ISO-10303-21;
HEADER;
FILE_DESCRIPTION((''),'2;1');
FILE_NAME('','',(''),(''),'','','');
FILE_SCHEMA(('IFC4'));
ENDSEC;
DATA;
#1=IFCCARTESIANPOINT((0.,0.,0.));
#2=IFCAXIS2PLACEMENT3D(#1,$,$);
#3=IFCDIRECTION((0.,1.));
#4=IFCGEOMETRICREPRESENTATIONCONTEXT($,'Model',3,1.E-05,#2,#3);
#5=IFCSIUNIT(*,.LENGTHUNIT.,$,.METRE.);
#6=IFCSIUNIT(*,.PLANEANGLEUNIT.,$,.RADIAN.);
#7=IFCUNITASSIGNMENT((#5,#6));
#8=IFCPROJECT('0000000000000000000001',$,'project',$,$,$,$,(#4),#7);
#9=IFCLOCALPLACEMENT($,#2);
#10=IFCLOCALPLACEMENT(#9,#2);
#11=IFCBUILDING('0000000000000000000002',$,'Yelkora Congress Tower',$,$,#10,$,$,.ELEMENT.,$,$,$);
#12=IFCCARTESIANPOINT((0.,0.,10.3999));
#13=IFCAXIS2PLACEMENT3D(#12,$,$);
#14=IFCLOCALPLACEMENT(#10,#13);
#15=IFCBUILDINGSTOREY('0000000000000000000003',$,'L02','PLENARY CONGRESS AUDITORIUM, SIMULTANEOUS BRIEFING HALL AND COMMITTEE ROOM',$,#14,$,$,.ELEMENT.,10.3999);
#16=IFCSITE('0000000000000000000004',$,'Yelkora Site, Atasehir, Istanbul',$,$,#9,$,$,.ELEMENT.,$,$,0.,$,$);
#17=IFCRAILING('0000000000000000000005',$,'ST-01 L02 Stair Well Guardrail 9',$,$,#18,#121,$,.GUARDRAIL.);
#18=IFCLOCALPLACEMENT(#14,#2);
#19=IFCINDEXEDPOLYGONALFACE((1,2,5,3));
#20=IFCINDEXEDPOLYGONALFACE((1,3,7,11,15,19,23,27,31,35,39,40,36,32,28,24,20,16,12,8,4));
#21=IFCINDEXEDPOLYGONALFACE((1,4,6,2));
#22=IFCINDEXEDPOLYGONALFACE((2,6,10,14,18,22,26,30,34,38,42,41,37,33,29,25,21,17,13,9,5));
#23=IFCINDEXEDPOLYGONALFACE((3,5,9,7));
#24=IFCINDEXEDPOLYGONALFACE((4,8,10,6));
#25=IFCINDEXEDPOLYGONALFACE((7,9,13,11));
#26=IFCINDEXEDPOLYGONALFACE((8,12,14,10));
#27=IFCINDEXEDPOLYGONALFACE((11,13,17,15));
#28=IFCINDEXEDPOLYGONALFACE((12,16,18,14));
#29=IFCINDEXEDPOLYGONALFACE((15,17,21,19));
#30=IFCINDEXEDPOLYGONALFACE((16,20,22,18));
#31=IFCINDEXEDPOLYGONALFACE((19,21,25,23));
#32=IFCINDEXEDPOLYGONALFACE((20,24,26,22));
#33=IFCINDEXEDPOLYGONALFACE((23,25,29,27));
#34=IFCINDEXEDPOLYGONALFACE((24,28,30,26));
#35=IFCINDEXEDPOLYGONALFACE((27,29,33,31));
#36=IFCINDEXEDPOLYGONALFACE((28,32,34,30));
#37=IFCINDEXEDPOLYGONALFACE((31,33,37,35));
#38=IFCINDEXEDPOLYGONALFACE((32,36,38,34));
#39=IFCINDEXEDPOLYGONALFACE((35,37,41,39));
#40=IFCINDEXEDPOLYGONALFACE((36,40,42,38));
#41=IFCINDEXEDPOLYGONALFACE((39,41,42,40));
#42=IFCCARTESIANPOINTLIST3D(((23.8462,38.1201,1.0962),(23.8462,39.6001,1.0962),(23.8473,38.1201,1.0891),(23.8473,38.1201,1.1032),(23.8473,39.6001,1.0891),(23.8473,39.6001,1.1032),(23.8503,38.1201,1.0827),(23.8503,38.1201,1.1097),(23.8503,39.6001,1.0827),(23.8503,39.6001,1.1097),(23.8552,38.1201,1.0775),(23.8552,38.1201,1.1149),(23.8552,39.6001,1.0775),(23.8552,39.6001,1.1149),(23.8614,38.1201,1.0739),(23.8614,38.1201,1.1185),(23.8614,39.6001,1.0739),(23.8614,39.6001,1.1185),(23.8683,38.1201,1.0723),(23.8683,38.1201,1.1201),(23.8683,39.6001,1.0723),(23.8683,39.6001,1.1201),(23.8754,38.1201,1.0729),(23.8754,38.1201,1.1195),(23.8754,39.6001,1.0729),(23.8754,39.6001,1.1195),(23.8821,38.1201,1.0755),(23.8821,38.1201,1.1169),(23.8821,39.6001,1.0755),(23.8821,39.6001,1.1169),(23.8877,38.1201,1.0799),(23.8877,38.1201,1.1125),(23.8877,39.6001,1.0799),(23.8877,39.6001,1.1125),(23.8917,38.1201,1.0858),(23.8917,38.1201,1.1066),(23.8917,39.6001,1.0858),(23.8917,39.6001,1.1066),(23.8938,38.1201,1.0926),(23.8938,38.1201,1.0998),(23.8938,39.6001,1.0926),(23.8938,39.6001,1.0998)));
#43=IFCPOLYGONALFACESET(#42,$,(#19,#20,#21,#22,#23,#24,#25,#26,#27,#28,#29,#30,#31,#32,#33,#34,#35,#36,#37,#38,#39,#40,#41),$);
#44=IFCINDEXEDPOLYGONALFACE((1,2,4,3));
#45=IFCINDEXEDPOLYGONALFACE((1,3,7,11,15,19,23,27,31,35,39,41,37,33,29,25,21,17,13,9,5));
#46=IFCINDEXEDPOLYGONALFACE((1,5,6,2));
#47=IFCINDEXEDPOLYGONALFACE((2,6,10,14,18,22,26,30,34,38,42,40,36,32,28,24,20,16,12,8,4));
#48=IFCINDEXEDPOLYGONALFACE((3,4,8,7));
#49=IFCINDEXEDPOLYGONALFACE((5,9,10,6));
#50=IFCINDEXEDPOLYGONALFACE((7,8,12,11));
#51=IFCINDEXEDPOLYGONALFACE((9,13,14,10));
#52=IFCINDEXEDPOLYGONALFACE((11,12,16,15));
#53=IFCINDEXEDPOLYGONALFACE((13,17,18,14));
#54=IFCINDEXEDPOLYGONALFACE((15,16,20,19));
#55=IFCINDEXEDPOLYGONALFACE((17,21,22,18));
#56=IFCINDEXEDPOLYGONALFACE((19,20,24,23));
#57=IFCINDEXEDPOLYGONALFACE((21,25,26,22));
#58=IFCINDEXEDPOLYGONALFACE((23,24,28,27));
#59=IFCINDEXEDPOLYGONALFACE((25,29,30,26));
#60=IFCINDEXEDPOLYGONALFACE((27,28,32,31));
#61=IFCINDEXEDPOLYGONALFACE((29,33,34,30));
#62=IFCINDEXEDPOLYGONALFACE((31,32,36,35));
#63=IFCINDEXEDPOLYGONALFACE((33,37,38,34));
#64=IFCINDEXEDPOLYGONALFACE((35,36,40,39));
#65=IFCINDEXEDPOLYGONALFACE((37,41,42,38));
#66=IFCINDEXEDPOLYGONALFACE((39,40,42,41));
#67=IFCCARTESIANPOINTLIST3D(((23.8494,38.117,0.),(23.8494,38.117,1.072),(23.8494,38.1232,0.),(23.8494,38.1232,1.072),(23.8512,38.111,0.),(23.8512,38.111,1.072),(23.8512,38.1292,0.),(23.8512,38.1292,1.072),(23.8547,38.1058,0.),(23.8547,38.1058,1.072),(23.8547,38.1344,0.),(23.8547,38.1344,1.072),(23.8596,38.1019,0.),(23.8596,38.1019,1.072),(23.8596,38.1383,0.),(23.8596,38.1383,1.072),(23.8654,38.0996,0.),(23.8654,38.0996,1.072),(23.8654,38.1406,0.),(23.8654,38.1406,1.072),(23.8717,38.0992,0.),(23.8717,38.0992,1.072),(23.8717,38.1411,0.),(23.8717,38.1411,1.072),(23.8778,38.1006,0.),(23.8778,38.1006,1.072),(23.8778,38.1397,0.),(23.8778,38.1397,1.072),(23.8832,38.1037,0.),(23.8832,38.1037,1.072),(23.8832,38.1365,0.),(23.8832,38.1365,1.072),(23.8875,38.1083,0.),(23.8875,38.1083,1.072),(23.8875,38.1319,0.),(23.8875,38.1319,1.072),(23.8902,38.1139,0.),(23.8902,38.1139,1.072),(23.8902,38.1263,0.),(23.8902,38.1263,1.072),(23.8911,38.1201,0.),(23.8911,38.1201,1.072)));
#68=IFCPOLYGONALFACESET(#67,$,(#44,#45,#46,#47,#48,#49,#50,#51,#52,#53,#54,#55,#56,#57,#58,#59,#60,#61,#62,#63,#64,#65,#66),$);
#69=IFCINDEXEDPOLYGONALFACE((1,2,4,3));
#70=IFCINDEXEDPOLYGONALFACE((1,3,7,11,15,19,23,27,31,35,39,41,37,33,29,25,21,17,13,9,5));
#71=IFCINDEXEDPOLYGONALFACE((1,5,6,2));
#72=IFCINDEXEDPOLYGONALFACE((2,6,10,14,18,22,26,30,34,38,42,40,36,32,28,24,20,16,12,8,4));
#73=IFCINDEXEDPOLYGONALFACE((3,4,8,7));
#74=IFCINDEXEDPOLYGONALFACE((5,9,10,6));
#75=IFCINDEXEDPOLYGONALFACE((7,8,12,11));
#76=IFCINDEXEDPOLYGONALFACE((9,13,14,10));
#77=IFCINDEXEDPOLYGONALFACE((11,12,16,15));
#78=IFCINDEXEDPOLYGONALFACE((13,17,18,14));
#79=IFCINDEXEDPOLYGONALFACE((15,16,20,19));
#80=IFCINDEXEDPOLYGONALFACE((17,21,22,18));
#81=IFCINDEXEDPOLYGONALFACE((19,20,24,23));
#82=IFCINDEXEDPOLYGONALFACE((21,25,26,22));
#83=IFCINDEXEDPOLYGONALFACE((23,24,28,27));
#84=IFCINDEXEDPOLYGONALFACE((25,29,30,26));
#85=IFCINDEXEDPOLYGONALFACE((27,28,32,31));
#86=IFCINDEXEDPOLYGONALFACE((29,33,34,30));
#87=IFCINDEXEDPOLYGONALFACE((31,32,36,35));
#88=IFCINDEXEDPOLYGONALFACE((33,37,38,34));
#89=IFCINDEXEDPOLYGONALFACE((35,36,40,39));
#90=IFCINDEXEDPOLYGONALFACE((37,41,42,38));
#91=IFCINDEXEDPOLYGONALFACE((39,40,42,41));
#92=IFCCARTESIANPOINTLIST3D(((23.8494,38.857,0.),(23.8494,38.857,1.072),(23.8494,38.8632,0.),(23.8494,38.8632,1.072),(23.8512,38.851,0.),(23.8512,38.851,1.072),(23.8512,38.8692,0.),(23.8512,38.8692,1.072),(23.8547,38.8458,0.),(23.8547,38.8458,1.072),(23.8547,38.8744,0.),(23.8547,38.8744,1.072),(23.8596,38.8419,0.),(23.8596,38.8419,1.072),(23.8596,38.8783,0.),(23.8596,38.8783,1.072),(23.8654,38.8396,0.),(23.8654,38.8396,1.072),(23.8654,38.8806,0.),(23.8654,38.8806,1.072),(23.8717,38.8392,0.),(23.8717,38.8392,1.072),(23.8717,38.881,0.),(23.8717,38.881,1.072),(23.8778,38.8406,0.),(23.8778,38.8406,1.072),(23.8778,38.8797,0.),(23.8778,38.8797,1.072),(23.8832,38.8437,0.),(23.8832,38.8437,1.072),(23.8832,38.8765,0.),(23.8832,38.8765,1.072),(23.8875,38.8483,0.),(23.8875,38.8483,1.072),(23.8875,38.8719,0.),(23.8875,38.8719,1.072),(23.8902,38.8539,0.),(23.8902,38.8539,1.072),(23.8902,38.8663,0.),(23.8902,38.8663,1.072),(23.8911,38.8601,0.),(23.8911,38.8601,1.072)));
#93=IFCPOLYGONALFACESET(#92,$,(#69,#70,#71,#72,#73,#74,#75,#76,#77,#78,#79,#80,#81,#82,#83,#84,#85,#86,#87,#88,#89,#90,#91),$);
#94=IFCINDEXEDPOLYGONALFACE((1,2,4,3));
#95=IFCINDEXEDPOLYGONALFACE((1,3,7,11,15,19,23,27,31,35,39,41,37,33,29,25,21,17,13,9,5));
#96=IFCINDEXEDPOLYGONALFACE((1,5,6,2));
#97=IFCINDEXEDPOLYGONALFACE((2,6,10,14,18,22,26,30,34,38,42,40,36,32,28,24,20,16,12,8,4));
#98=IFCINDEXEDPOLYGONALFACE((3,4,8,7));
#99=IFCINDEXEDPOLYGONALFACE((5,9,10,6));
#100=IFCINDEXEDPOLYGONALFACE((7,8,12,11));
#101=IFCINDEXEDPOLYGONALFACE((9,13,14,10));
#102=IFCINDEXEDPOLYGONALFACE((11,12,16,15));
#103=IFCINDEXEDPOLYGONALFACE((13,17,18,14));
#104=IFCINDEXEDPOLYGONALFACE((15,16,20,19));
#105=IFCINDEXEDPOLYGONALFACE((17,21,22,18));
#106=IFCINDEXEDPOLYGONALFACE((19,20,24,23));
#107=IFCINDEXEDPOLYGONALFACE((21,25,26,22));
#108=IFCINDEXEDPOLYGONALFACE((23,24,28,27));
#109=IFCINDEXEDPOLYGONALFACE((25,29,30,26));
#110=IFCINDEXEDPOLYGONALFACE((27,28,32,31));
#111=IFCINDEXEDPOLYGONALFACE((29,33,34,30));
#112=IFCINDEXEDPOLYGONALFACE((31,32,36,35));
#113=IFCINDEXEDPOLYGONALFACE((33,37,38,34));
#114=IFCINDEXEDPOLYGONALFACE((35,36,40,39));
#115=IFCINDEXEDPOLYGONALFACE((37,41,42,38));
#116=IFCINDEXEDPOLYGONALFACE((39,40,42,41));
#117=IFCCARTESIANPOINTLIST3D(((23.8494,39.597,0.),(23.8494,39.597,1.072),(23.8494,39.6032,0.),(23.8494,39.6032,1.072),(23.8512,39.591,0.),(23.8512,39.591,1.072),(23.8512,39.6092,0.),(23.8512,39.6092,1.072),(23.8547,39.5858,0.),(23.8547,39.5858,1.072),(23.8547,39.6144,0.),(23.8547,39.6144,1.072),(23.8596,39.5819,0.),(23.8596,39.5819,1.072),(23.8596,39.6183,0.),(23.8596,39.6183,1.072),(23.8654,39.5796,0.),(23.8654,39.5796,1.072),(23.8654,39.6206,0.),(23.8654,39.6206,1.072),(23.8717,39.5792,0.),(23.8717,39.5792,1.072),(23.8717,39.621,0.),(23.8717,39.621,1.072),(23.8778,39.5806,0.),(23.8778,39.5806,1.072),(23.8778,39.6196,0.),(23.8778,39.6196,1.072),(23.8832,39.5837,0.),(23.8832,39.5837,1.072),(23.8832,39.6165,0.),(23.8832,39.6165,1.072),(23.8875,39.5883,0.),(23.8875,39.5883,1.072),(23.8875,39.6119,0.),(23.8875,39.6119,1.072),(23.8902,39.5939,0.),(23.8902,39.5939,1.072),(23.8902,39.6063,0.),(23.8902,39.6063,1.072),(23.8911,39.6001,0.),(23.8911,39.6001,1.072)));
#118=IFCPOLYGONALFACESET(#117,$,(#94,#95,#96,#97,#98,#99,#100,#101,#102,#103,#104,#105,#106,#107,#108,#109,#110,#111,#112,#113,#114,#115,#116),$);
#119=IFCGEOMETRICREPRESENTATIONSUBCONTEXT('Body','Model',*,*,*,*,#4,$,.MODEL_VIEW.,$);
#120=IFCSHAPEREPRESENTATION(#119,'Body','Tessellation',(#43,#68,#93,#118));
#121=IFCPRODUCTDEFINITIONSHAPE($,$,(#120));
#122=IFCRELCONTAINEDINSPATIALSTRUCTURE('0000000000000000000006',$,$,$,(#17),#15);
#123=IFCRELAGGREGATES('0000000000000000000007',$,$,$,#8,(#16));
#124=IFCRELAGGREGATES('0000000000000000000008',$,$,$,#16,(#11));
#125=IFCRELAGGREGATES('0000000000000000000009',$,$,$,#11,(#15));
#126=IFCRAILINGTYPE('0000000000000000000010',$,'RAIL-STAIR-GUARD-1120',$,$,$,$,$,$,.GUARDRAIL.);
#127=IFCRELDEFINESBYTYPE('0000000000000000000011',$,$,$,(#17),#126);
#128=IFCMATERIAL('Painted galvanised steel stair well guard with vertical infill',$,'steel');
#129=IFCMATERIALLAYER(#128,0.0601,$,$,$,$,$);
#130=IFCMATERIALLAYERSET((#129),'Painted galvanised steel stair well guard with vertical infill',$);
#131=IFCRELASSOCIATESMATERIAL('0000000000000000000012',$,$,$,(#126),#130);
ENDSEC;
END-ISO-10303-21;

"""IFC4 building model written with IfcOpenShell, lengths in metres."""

from ifc_helpers import new_model, si_unit, direction, frame, origin, origin_2d, place, context, subcontext, project, spatial, circle, extrude, material, layer, layer_set, type_object, element, save


model = new_model("IFC4")

# Units and contexts
model_context = context("Model", 3, precision=1e-05, world=origin(), true_north=direction((0.0, 1.0)))
body_context = subcontext(model_context, "Body", "Model", "MODEL_VIEW")
ifc_project = project(units=[si_unit("LENGTHUNIT", "METRE"), si_unit("PLANEANGLEUNIT", "RADIAN")], contexts=[model_context])

# Site, building, storey
site_placement = place(None, origin())
site = spatial("IfcSite", under=ifc_project, at=site_placement, Name="Yelkora Site, Atasehir, Istanbul", CompositionType="ELEMENT", RefElevation=0.0)
building_placement = place(site_placement, origin())
building = spatial("IfcBuilding", under=site, at=building_placement, Name="Yelkora Congress Tower", CompositionType="ELEMENT")
storey_placement = place(building_placement, frame((0.0, 0.0, 10.3999)))
storey = spatial("IfcBuildingStorey", under=building, at=storey_placement, Name="L02", Description="PLENARY CONGRESS AUDITORIUM, SIMULTANEOUS BRIEFING HALL AND COMMITTEE ROOM", CompositionType="ELEMENT", Elevation=10.3999)

# Railing
ifc_material_1 = material(Name="Painted galvanised steel stair well guard with vertical infill", Category="steel")
ifc_layer_1 = layer(ifc_material_1, 0.0601)
ifc_layer_set_1 = layer_set([ifc_layer_1], Name="Painted galvanised steel stair well guard with vertical infill")
railing_type = type_object("IfcRailingType", Name="RAIL-STAIR-GUARD-1120", PredefinedType="GUARDRAIL", material=ifc_layer_set_1)
for number, where, name in (
    (1, (23.8701, 38.1201, 0.0), "ST-01 L02 Stair Well Guardrail 9"),
):
    element("IfcRailing", number, at=place(storey_placement, frame(where)), inside=storey, type_object=railing_type, Name=name, PredefinedType="GUARDRAIL", context=body_context, shape_type="SweptSolid", body=[
        extrude(circle(Radius=0.0239, at=origin_2d()), frame((0.0, 0.0, 1.0962), z_axis=(0.0, 1.0, 0.0), x_axis=(-1.0, 0.0, 0.0)), (0.0, 0.0, 1.0), 1.48),
        extrude(circle(Radius=0.021, at=origin_2d()), origin(), (0.0, 0.0, 1.0), 1.072),
        extrude(circle(Radius=0.021, at=origin_2d()), frame((0.0, 0.74, 0.0)), (0.0, 0.0, 1.0), 1.072),
        extrude(circle(Radius=0.021, at=origin_2d()), frame((0.0, 1.48, 0.0)), (0.0, 0.0, 1.0), 1.072),
    ])

save(model, "model.ifc")
